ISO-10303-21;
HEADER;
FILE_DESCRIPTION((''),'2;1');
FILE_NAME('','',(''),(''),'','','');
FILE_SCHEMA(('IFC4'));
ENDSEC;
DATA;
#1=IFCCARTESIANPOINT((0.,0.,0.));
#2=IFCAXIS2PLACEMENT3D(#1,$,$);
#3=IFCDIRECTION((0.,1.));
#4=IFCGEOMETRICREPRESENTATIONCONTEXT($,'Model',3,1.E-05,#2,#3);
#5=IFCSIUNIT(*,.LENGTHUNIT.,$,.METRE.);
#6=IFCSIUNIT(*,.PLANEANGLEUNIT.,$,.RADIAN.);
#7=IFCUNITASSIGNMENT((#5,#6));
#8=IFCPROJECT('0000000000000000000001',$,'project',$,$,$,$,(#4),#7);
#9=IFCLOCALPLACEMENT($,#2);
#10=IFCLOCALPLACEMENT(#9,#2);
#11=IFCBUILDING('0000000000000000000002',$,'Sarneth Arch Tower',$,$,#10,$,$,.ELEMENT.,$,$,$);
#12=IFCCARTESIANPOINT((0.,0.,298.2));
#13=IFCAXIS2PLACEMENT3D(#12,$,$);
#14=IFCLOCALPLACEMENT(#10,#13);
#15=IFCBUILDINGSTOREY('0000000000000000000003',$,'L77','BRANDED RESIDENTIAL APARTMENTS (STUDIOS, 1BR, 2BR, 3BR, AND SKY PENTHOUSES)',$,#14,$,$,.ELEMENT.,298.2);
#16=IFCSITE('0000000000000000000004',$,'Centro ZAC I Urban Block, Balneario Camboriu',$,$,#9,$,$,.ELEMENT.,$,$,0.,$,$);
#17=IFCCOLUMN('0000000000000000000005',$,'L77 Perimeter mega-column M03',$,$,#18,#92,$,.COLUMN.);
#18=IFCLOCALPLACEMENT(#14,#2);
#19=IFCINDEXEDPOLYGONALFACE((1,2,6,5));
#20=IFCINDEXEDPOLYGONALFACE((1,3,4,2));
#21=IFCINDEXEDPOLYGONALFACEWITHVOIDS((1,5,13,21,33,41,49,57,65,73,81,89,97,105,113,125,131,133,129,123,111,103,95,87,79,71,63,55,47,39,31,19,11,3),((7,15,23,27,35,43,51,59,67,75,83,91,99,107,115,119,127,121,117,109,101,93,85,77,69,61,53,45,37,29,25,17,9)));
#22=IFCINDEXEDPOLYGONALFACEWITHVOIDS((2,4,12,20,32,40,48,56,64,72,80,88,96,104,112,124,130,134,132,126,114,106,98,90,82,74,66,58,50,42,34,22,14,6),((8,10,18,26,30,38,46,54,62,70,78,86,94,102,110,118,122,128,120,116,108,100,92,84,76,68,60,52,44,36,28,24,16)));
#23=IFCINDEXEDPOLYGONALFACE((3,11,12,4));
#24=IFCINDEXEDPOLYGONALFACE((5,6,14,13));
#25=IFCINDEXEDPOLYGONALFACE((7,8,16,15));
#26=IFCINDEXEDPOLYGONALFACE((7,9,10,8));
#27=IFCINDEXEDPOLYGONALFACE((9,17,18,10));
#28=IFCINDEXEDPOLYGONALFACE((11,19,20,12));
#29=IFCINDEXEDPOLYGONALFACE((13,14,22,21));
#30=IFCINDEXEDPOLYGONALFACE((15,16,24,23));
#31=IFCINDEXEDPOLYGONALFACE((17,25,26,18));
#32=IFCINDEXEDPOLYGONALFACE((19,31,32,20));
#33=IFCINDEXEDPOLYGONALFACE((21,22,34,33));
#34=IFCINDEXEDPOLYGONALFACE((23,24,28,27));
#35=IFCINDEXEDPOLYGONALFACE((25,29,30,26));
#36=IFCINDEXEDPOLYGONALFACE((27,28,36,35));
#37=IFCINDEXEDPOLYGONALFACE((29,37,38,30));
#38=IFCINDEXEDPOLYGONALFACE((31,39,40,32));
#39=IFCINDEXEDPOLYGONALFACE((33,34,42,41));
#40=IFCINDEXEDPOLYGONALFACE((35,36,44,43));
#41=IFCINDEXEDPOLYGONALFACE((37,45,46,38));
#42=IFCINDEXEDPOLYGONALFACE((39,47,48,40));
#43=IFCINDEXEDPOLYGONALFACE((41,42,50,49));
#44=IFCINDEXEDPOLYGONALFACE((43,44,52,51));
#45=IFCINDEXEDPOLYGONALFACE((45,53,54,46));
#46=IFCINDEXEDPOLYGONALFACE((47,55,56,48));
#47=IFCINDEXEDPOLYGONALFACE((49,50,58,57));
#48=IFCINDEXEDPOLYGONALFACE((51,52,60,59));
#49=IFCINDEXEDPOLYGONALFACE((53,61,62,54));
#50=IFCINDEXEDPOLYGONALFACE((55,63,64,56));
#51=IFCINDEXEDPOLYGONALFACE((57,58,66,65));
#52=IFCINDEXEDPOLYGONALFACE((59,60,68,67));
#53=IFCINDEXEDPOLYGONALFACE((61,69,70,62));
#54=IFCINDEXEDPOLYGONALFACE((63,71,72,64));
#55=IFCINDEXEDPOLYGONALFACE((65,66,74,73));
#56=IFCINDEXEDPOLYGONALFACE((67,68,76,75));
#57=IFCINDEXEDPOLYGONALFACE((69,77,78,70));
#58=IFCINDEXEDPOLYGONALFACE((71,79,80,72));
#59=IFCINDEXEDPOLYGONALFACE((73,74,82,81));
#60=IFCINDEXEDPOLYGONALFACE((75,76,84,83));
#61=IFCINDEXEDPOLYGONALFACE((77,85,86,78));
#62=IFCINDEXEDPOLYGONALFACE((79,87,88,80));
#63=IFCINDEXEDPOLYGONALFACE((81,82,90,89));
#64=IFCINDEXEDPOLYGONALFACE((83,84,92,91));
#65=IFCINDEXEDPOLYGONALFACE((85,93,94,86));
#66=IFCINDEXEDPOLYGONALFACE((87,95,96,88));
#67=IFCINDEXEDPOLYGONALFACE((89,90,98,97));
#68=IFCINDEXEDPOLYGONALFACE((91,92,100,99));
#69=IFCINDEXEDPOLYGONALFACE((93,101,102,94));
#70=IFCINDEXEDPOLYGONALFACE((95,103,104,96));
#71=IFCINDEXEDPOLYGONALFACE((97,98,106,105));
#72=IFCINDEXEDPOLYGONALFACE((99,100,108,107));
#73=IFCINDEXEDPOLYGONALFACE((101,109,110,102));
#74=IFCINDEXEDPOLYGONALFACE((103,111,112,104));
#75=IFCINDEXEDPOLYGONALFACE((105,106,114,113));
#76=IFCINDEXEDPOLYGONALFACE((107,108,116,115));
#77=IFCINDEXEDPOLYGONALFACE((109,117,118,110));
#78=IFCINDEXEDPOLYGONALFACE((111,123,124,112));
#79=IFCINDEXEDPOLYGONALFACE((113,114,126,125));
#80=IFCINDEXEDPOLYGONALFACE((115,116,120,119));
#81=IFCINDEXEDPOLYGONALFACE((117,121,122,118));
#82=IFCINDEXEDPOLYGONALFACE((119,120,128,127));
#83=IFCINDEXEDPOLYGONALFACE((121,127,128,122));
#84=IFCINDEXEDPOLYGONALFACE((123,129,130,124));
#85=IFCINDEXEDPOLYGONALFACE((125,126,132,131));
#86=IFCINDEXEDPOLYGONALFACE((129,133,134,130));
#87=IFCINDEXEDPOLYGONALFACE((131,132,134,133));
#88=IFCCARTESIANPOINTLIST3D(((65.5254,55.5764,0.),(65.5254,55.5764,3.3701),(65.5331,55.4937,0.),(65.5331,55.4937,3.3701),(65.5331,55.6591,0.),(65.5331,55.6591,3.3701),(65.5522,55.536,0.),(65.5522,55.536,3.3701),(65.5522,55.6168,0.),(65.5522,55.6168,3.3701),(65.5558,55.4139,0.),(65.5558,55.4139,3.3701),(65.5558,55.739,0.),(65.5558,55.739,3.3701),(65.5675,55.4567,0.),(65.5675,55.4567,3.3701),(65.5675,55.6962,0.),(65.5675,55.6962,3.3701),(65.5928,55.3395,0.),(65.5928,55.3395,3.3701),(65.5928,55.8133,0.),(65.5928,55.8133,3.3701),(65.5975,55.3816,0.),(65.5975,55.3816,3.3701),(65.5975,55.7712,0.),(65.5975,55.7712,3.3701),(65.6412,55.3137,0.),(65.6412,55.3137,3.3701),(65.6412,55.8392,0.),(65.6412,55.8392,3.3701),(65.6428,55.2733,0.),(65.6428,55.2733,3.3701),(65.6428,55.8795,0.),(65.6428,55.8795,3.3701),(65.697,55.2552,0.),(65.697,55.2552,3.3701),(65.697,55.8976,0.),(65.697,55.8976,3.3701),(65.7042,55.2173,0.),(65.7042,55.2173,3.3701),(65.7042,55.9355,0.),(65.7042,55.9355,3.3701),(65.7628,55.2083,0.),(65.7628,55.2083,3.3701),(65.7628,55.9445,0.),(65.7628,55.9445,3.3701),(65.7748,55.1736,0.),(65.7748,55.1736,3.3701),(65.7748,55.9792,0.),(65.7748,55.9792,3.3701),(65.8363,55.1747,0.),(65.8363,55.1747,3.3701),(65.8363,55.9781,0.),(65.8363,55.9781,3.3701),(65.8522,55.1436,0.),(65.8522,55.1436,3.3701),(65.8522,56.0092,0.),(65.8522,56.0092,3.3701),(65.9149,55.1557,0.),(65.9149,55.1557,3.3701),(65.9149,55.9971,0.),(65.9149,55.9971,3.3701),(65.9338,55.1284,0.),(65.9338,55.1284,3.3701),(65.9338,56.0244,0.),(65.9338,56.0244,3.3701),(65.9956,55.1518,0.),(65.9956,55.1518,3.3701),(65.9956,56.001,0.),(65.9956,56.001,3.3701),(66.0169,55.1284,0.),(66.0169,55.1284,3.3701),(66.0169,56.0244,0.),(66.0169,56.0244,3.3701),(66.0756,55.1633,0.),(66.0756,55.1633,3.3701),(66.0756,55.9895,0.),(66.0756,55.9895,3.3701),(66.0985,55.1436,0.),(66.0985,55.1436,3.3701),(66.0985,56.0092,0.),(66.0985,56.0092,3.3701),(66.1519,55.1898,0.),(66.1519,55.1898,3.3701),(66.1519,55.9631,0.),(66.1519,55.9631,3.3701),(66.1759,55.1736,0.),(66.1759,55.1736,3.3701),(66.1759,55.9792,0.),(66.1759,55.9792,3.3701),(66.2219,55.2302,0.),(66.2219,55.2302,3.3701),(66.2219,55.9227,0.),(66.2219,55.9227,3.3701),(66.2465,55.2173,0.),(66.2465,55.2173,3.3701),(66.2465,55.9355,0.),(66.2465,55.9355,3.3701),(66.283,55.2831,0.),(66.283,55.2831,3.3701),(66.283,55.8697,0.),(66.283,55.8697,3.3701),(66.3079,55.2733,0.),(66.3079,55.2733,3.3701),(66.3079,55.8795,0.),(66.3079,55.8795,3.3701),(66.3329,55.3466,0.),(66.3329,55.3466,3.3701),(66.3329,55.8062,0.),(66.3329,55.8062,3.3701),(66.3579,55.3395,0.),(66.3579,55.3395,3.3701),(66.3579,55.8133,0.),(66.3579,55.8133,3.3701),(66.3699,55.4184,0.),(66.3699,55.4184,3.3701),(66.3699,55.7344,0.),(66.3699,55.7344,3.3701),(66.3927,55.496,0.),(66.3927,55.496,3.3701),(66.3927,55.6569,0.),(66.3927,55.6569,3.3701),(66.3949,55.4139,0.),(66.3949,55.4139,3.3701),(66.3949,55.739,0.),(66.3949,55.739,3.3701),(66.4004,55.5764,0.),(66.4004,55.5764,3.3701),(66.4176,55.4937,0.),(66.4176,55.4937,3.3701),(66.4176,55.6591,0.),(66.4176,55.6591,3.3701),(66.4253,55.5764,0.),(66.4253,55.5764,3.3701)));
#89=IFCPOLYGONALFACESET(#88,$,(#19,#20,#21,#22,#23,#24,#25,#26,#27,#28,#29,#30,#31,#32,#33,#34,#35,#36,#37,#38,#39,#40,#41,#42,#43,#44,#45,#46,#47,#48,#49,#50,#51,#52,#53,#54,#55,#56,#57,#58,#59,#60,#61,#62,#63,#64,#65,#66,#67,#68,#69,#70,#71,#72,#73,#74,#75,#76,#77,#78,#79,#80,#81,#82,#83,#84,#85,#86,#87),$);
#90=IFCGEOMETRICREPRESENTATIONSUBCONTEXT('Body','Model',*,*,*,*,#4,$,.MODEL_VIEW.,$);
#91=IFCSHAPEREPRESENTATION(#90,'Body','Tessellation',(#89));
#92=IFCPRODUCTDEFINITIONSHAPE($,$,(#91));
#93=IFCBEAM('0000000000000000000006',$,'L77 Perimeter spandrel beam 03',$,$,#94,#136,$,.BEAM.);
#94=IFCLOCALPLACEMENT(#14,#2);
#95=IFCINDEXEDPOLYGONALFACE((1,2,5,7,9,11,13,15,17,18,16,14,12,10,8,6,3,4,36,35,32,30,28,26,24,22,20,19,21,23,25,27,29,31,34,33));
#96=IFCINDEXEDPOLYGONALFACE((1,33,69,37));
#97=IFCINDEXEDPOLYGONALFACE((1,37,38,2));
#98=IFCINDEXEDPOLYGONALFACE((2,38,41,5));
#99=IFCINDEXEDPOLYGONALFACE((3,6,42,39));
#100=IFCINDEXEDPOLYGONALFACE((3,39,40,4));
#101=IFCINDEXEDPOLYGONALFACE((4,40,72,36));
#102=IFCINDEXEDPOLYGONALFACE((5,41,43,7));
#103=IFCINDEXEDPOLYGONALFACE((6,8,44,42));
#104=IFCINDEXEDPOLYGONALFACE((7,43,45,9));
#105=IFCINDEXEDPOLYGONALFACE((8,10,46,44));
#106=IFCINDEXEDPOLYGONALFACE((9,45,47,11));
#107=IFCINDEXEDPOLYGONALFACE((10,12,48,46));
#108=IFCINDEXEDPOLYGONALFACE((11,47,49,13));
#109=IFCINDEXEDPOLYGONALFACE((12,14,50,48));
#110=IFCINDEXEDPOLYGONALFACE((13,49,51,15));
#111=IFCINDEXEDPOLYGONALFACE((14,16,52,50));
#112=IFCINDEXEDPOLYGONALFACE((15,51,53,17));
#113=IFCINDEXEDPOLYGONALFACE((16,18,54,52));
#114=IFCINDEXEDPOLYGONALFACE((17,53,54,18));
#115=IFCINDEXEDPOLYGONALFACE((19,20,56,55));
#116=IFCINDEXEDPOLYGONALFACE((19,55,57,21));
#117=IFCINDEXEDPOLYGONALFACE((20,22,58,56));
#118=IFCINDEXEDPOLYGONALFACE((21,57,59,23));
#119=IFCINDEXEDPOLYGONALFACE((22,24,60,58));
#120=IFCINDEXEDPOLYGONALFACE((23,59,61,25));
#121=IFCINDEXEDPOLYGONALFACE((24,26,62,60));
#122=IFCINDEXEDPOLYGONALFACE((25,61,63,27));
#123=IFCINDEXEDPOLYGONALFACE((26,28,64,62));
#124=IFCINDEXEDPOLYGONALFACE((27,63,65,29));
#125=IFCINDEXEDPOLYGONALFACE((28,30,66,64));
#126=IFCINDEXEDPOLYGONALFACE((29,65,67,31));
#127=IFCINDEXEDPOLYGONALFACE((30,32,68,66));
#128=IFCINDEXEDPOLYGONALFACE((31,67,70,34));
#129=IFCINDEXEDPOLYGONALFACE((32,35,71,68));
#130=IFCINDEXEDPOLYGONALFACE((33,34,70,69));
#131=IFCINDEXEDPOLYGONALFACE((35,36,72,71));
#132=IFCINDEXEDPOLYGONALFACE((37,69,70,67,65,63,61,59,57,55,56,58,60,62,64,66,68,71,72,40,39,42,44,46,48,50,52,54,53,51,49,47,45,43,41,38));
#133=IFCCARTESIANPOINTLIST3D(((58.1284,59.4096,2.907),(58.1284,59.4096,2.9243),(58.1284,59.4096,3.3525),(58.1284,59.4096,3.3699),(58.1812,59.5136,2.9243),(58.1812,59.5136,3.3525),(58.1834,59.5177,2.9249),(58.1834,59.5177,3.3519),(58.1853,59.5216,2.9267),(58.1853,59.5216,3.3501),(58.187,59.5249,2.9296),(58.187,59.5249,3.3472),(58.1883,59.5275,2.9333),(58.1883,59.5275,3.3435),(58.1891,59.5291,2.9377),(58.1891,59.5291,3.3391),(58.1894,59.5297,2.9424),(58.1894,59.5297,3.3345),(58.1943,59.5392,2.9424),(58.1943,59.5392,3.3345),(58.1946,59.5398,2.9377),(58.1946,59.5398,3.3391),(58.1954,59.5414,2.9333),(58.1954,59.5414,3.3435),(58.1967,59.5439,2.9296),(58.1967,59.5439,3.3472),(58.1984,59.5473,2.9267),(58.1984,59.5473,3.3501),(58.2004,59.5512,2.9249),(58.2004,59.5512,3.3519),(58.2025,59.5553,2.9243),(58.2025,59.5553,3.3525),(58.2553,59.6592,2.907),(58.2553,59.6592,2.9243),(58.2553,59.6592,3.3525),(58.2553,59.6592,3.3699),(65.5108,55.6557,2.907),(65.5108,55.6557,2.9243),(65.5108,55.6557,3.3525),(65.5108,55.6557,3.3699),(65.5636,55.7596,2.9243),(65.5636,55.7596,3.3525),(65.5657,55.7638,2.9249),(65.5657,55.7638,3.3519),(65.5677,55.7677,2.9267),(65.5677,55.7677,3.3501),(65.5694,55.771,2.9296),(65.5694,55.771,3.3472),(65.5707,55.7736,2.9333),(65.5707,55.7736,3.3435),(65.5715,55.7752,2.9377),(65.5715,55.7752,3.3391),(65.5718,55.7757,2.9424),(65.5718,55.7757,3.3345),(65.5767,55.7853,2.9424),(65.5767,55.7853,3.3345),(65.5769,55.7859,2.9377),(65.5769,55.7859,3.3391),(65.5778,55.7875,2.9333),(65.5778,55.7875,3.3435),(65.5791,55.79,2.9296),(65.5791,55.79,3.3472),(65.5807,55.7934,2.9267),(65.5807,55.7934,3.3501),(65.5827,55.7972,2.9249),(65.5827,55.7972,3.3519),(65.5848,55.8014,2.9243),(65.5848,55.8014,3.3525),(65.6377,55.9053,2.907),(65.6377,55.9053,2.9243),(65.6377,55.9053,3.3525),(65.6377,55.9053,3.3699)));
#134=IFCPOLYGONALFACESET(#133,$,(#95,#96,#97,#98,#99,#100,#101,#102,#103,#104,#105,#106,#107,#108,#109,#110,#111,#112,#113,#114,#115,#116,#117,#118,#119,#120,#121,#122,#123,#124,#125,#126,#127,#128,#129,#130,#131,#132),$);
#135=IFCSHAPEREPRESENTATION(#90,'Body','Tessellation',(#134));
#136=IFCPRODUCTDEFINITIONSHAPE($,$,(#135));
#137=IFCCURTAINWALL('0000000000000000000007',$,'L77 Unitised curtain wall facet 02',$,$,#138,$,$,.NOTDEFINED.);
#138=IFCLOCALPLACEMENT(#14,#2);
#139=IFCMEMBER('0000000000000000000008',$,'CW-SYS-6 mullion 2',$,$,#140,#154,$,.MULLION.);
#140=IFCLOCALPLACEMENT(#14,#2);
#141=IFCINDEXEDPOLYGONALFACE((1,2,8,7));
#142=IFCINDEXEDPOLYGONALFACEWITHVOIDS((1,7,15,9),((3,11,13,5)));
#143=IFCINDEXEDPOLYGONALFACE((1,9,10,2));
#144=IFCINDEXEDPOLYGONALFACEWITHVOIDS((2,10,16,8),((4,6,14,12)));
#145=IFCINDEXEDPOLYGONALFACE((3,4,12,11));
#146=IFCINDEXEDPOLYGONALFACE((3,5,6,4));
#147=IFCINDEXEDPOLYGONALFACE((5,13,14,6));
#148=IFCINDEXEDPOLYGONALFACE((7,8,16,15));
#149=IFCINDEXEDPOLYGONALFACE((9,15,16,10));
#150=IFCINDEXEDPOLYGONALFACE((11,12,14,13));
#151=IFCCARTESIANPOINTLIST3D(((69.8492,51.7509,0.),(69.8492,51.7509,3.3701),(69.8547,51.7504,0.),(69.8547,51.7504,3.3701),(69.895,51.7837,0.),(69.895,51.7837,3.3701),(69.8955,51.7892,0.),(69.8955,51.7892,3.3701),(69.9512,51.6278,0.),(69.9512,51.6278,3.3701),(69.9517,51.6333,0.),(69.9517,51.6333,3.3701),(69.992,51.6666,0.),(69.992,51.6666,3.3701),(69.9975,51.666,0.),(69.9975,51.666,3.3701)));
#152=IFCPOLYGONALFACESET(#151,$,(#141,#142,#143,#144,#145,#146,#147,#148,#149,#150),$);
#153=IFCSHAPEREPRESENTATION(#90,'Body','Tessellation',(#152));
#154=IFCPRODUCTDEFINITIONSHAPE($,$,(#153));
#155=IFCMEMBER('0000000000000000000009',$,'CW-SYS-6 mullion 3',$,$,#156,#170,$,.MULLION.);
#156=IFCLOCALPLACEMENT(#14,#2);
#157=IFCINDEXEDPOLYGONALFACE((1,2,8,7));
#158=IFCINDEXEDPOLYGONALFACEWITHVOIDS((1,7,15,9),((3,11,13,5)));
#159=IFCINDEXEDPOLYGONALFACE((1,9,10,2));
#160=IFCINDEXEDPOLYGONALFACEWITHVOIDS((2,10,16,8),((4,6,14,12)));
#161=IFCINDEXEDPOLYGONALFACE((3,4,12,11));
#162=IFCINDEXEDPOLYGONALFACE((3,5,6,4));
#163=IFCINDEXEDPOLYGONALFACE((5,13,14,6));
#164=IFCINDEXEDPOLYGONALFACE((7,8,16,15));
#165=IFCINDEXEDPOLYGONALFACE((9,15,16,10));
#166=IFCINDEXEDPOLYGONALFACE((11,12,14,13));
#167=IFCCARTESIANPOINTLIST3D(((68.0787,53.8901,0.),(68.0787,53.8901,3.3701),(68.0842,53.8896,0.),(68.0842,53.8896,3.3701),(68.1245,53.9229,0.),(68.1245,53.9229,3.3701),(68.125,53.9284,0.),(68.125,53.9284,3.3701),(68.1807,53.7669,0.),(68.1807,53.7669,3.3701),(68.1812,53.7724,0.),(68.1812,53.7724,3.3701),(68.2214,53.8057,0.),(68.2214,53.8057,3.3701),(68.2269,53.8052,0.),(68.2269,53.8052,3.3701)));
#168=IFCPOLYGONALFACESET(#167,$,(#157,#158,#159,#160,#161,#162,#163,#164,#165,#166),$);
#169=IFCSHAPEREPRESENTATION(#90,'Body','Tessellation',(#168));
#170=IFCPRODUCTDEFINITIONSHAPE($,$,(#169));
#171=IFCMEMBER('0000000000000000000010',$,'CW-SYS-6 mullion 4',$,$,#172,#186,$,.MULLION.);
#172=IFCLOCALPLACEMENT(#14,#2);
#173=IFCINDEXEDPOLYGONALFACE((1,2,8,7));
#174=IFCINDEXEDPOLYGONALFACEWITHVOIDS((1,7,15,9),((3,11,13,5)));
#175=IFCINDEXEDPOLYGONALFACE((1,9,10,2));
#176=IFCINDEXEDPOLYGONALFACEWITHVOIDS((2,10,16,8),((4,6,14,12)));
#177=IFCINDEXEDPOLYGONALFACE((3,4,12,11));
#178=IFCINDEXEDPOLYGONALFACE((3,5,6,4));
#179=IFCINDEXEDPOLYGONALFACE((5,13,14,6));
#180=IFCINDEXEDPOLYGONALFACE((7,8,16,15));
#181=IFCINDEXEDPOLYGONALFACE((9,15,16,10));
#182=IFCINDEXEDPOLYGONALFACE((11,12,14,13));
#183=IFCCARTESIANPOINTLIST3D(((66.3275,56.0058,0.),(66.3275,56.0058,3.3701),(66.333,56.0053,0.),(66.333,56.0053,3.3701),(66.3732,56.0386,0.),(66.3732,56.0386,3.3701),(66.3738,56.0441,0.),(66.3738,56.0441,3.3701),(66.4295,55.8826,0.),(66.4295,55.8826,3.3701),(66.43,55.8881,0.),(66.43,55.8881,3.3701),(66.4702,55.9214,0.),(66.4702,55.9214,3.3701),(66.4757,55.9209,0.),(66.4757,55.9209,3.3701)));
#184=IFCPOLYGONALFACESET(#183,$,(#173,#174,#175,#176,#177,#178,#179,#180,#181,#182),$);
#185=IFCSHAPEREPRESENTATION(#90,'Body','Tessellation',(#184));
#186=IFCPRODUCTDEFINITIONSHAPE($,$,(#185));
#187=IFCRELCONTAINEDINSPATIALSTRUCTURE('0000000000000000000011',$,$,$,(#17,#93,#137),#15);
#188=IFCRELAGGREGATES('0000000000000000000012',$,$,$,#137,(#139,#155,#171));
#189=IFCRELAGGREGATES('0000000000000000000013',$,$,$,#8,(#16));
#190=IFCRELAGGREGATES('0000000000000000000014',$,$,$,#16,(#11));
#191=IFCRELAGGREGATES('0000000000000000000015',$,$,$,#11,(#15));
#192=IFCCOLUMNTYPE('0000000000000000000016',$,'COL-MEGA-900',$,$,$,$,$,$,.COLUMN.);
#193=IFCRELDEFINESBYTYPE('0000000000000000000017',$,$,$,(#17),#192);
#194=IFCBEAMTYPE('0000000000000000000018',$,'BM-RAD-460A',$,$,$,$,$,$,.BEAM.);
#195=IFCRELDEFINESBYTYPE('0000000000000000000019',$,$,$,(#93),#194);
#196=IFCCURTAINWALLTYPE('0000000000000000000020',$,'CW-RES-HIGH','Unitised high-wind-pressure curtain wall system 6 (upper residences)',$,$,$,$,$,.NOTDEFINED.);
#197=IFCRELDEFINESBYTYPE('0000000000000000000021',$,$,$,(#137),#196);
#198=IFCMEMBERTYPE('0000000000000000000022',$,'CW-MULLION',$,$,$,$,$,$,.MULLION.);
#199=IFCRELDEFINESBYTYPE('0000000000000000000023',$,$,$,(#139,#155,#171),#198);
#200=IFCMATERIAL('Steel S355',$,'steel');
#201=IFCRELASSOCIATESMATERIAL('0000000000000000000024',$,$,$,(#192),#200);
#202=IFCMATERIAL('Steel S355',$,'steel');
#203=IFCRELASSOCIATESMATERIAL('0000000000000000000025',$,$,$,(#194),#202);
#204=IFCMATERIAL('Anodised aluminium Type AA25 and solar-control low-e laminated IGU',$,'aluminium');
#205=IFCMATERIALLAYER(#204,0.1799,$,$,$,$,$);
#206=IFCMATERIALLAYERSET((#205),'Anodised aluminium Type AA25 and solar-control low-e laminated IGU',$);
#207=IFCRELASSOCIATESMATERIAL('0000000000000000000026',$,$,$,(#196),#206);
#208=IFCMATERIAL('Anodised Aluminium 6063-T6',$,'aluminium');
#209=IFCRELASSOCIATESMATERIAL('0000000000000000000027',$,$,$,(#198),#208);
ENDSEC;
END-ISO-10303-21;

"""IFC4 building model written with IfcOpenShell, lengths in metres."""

from ifc_helpers import new_model, si_unit, direction, frame, origin, origin_2d, place, context, subcontext, project, spatial, hollow_rectangle, hollow_circle, i_section, extrude, material, layer, layer_set, material_profile, profile_set, type_object, element, aggregate, save


model = new_model("IFC4")

# Units and contexts
model_context = context("Model", 3, precision=1e-05, world=origin(), true_north=direction((0.0, 1.0)))
body_context = subcontext(model_context, "Body", "Model", "MODEL_VIEW")
ifc_project = project(units=[si_unit("LENGTHUNIT", "METRE"), si_unit("PLANEANGLEUNIT", "RADIAN")], contexts=[model_context])

# Site, building, storey
site_placement = place(None, origin())
site = spatial("IfcSite", under=ifc_project, at=site_placement, Name="Centro ZAC I Urban Block, Balneario Camboriu", CompositionType="ELEMENT", RefElevation=0.0)
building_placement = place(site_placement, origin())
building = spatial("IfcBuilding", under=site, at=building_placement, Name="Sarneth Arch Tower", CompositionType="ELEMENT")
storey_placement = place(building_placement, frame((0.0, 0.0, 298.2)))
storey = spatial("IfcBuildingStorey", under=building, at=storey_placement, Name="L77", Description="BRANDED RESIDENTIAL APARTMENTS (STUDIOS, 1BR, 2BR, 3BR, AND SKY PENTHOUSES)", CompositionType="ELEMENT", Elevation=298.2)

# Column
ifc_material_1 = material(Name="Steel S355", Category="steel")
ifc_material_profile_1 = material_profile(ifc_material_1, hollow_circle(Radius=0.45, WallThickness=0.0249, at=origin_2d()), Name="CHS900x25")
ifc_profile_set_1 = profile_set([ifc_material_profile_1], Name="Steel S355")
column_type = type_object("IfcColumnType", Name="COL-MEGA-900", PredefinedType="COLUMN", material=ifc_profile_set_1)
column_placement = place(storey_placement, frame((65.9753, 55.5764, 0.0), z_axis=(0.0, 0.0, 1.0), x_axis=(1.0, 0.0, 0.0)))
element("IfcColumn", 1, at=column_placement, inside=storey, type_object=column_type, Name="L77 Perimeter mega-column M03", PredefinedType="COLUMN", context=body_context, shape_type="SweptSolid", body=[
    extrude(hollow_circle(Radius=0.45, WallThickness=0.0249, at=origin_2d()), origin(), (0.0, 0.0, 1.0), 3.3701),
])

# Beam
ifc_material_2 = material(Name="Steel S355", Category="steel")
ifc_material_profile_2 = material_profile(ifc_material_2, i_section(OverallWidth=0.28, OverallDepth=0.4629, WebThickness=0.0107, FlangeThickness=0.0173, FilletRadius=0.0181, at=origin_2d()), Name="W460x113")
ifc_profile_set_2 = profile_set([ifc_material_profile_2], Name="Steel S355")
beam_type = type_object("IfcBeamType", Name="BM-RAD-460A", PredefinedType="BEAM", material=ifc_profile_set_2)
beam_placement = place(storey_placement, frame((65.5742, 55.7805, 3.1384), z_axis=(-0.891376, 0.453264, 0.0), x_axis=(-0.453264, -0.891376, 0.0)))
element("IfcBeam", 2, at=beam_placement, inside=storey, type_object=beam_type, Name="L77 Perimeter spandrel beam 03", PredefinedType="BEAM", context=body_context, shape_type="SweptSolid", body=[
    extrude(i_section(OverallWidth=0.28, OverallDepth=0.4629, WebThickness=0.0107, FlangeThickness=0.0173, FilletRadius=0.0181, at=origin_2d()), origin(), (0.0, 0.0, 1.0), 8.282),
])

# Curtain wall, members
ifc_material_3 = material(Name="Anodised aluminium Type AA25 and solar-control low-e laminated IGU", Category="aluminium")
ifc_layer_1 = layer(ifc_material_3, 0.1799)
ifc_layer_set_1 = layer_set([ifc_layer_1], Name="Anodised aluminium Type AA25 and solar-control low-e laminated IGU")
curtain_wall_type = type_object("IfcCurtainWallType", Name="CW-RES-HIGH", Description="Unitised high-wind-pressure curtain wall system 6 (upper residences)", PredefinedType="NOTDEFINED", material=ifc_layer_set_1)
curtain_wall_placement = place(storey_placement, origin())
curtain_wall = element("IfcCurtainWall", 3, at=curtain_wall_placement, inside=storey, type_object=curtain_wall_type, Name="L77 Unitised curtain wall facet 02", PredefinedType="NOTDEFINED")
ifc_material_4 = material(Name="Anodised Aluminium 6063-T6", Category="aluminium")
ifc_material_profile_3 = material_profile(ifc_material_4, hollow_rectangle(XDim=0.0601, YDim=0.1599, WallThickness=0.0039, at=origin_2d()), Name="AL-MULL-160x60x4")
ifc_profile_set_3 = profile_set([ifc_material_profile_3], Name="Anodised Aluminium 6063-T6")
member_type_1 = type_object("IfcMemberType", Name="CW-MULLION", PredefinedType="MULLION", material=ifc_profile_set_3)
member_1_placement = place(storey_placement, frame((69.9233, 51.7085, 0.0), z_axis=(0.0, 0.0, 1.0), x_axis=(-0.770359, -0.63761, 0.0)))
member_1 = element("IfcMember", 4, at=member_1_placement, type_object=member_type_1, Name="CW-SYS-6 mullion 2", PredefinedType="MULLION", context=body_context, shape_type="SweptSolid", body=[
    extrude(hollow_rectangle(XDim=0.0601, YDim=0.1599, WallThickness=0.0039, at=origin_2d()), origin(), (0.0, 0.0, 1.0), 3.3701),
])
member_2_placement = place(storey_placement, frame((68.1528, 53.8477, 0.0), z_axis=(0.0, 0.0, 1.0), x_axis=(-0.770359, -0.63761, 0.0)))
member_2 = element("IfcMember", 5, at=member_2_placement, type_object=member_type_1, Name="CW-SYS-6 mullion 3", PredefinedType="MULLION", context=body_context, shape_type="SweptSolid", body=[
    extrude(hollow_rectangle(XDim=0.0601, YDim=0.1599, WallThickness=0.0039, at=origin_2d()), origin(), (0.0, 0.0, 1.0), 3.3701),
])
member_3_placement = place(storey_placement, frame((66.4016, 55.9634, 0.0), z_axis=(0.0, 0.0, 1.0), x_axis=(-0.770359, -0.63761, 0.0)))
member_3 = element("IfcMember", 6, at=member_3_placement, type_object=member_type_1, Name="CW-SYS-6 mullion 4", PredefinedType="MULLION", context=body_context, shape_type="SweptSolid", body=[
    extrude(hollow_rectangle(XDim=0.0601, YDim=0.1599, WallThickness=0.0039, at=origin_2d()), origin(), (0.0, 0.0, 1.0), 3.3701),
])

aggregate(curtain_wall, [member_1, member_2, member_3])

save(model, "model.ifc")
